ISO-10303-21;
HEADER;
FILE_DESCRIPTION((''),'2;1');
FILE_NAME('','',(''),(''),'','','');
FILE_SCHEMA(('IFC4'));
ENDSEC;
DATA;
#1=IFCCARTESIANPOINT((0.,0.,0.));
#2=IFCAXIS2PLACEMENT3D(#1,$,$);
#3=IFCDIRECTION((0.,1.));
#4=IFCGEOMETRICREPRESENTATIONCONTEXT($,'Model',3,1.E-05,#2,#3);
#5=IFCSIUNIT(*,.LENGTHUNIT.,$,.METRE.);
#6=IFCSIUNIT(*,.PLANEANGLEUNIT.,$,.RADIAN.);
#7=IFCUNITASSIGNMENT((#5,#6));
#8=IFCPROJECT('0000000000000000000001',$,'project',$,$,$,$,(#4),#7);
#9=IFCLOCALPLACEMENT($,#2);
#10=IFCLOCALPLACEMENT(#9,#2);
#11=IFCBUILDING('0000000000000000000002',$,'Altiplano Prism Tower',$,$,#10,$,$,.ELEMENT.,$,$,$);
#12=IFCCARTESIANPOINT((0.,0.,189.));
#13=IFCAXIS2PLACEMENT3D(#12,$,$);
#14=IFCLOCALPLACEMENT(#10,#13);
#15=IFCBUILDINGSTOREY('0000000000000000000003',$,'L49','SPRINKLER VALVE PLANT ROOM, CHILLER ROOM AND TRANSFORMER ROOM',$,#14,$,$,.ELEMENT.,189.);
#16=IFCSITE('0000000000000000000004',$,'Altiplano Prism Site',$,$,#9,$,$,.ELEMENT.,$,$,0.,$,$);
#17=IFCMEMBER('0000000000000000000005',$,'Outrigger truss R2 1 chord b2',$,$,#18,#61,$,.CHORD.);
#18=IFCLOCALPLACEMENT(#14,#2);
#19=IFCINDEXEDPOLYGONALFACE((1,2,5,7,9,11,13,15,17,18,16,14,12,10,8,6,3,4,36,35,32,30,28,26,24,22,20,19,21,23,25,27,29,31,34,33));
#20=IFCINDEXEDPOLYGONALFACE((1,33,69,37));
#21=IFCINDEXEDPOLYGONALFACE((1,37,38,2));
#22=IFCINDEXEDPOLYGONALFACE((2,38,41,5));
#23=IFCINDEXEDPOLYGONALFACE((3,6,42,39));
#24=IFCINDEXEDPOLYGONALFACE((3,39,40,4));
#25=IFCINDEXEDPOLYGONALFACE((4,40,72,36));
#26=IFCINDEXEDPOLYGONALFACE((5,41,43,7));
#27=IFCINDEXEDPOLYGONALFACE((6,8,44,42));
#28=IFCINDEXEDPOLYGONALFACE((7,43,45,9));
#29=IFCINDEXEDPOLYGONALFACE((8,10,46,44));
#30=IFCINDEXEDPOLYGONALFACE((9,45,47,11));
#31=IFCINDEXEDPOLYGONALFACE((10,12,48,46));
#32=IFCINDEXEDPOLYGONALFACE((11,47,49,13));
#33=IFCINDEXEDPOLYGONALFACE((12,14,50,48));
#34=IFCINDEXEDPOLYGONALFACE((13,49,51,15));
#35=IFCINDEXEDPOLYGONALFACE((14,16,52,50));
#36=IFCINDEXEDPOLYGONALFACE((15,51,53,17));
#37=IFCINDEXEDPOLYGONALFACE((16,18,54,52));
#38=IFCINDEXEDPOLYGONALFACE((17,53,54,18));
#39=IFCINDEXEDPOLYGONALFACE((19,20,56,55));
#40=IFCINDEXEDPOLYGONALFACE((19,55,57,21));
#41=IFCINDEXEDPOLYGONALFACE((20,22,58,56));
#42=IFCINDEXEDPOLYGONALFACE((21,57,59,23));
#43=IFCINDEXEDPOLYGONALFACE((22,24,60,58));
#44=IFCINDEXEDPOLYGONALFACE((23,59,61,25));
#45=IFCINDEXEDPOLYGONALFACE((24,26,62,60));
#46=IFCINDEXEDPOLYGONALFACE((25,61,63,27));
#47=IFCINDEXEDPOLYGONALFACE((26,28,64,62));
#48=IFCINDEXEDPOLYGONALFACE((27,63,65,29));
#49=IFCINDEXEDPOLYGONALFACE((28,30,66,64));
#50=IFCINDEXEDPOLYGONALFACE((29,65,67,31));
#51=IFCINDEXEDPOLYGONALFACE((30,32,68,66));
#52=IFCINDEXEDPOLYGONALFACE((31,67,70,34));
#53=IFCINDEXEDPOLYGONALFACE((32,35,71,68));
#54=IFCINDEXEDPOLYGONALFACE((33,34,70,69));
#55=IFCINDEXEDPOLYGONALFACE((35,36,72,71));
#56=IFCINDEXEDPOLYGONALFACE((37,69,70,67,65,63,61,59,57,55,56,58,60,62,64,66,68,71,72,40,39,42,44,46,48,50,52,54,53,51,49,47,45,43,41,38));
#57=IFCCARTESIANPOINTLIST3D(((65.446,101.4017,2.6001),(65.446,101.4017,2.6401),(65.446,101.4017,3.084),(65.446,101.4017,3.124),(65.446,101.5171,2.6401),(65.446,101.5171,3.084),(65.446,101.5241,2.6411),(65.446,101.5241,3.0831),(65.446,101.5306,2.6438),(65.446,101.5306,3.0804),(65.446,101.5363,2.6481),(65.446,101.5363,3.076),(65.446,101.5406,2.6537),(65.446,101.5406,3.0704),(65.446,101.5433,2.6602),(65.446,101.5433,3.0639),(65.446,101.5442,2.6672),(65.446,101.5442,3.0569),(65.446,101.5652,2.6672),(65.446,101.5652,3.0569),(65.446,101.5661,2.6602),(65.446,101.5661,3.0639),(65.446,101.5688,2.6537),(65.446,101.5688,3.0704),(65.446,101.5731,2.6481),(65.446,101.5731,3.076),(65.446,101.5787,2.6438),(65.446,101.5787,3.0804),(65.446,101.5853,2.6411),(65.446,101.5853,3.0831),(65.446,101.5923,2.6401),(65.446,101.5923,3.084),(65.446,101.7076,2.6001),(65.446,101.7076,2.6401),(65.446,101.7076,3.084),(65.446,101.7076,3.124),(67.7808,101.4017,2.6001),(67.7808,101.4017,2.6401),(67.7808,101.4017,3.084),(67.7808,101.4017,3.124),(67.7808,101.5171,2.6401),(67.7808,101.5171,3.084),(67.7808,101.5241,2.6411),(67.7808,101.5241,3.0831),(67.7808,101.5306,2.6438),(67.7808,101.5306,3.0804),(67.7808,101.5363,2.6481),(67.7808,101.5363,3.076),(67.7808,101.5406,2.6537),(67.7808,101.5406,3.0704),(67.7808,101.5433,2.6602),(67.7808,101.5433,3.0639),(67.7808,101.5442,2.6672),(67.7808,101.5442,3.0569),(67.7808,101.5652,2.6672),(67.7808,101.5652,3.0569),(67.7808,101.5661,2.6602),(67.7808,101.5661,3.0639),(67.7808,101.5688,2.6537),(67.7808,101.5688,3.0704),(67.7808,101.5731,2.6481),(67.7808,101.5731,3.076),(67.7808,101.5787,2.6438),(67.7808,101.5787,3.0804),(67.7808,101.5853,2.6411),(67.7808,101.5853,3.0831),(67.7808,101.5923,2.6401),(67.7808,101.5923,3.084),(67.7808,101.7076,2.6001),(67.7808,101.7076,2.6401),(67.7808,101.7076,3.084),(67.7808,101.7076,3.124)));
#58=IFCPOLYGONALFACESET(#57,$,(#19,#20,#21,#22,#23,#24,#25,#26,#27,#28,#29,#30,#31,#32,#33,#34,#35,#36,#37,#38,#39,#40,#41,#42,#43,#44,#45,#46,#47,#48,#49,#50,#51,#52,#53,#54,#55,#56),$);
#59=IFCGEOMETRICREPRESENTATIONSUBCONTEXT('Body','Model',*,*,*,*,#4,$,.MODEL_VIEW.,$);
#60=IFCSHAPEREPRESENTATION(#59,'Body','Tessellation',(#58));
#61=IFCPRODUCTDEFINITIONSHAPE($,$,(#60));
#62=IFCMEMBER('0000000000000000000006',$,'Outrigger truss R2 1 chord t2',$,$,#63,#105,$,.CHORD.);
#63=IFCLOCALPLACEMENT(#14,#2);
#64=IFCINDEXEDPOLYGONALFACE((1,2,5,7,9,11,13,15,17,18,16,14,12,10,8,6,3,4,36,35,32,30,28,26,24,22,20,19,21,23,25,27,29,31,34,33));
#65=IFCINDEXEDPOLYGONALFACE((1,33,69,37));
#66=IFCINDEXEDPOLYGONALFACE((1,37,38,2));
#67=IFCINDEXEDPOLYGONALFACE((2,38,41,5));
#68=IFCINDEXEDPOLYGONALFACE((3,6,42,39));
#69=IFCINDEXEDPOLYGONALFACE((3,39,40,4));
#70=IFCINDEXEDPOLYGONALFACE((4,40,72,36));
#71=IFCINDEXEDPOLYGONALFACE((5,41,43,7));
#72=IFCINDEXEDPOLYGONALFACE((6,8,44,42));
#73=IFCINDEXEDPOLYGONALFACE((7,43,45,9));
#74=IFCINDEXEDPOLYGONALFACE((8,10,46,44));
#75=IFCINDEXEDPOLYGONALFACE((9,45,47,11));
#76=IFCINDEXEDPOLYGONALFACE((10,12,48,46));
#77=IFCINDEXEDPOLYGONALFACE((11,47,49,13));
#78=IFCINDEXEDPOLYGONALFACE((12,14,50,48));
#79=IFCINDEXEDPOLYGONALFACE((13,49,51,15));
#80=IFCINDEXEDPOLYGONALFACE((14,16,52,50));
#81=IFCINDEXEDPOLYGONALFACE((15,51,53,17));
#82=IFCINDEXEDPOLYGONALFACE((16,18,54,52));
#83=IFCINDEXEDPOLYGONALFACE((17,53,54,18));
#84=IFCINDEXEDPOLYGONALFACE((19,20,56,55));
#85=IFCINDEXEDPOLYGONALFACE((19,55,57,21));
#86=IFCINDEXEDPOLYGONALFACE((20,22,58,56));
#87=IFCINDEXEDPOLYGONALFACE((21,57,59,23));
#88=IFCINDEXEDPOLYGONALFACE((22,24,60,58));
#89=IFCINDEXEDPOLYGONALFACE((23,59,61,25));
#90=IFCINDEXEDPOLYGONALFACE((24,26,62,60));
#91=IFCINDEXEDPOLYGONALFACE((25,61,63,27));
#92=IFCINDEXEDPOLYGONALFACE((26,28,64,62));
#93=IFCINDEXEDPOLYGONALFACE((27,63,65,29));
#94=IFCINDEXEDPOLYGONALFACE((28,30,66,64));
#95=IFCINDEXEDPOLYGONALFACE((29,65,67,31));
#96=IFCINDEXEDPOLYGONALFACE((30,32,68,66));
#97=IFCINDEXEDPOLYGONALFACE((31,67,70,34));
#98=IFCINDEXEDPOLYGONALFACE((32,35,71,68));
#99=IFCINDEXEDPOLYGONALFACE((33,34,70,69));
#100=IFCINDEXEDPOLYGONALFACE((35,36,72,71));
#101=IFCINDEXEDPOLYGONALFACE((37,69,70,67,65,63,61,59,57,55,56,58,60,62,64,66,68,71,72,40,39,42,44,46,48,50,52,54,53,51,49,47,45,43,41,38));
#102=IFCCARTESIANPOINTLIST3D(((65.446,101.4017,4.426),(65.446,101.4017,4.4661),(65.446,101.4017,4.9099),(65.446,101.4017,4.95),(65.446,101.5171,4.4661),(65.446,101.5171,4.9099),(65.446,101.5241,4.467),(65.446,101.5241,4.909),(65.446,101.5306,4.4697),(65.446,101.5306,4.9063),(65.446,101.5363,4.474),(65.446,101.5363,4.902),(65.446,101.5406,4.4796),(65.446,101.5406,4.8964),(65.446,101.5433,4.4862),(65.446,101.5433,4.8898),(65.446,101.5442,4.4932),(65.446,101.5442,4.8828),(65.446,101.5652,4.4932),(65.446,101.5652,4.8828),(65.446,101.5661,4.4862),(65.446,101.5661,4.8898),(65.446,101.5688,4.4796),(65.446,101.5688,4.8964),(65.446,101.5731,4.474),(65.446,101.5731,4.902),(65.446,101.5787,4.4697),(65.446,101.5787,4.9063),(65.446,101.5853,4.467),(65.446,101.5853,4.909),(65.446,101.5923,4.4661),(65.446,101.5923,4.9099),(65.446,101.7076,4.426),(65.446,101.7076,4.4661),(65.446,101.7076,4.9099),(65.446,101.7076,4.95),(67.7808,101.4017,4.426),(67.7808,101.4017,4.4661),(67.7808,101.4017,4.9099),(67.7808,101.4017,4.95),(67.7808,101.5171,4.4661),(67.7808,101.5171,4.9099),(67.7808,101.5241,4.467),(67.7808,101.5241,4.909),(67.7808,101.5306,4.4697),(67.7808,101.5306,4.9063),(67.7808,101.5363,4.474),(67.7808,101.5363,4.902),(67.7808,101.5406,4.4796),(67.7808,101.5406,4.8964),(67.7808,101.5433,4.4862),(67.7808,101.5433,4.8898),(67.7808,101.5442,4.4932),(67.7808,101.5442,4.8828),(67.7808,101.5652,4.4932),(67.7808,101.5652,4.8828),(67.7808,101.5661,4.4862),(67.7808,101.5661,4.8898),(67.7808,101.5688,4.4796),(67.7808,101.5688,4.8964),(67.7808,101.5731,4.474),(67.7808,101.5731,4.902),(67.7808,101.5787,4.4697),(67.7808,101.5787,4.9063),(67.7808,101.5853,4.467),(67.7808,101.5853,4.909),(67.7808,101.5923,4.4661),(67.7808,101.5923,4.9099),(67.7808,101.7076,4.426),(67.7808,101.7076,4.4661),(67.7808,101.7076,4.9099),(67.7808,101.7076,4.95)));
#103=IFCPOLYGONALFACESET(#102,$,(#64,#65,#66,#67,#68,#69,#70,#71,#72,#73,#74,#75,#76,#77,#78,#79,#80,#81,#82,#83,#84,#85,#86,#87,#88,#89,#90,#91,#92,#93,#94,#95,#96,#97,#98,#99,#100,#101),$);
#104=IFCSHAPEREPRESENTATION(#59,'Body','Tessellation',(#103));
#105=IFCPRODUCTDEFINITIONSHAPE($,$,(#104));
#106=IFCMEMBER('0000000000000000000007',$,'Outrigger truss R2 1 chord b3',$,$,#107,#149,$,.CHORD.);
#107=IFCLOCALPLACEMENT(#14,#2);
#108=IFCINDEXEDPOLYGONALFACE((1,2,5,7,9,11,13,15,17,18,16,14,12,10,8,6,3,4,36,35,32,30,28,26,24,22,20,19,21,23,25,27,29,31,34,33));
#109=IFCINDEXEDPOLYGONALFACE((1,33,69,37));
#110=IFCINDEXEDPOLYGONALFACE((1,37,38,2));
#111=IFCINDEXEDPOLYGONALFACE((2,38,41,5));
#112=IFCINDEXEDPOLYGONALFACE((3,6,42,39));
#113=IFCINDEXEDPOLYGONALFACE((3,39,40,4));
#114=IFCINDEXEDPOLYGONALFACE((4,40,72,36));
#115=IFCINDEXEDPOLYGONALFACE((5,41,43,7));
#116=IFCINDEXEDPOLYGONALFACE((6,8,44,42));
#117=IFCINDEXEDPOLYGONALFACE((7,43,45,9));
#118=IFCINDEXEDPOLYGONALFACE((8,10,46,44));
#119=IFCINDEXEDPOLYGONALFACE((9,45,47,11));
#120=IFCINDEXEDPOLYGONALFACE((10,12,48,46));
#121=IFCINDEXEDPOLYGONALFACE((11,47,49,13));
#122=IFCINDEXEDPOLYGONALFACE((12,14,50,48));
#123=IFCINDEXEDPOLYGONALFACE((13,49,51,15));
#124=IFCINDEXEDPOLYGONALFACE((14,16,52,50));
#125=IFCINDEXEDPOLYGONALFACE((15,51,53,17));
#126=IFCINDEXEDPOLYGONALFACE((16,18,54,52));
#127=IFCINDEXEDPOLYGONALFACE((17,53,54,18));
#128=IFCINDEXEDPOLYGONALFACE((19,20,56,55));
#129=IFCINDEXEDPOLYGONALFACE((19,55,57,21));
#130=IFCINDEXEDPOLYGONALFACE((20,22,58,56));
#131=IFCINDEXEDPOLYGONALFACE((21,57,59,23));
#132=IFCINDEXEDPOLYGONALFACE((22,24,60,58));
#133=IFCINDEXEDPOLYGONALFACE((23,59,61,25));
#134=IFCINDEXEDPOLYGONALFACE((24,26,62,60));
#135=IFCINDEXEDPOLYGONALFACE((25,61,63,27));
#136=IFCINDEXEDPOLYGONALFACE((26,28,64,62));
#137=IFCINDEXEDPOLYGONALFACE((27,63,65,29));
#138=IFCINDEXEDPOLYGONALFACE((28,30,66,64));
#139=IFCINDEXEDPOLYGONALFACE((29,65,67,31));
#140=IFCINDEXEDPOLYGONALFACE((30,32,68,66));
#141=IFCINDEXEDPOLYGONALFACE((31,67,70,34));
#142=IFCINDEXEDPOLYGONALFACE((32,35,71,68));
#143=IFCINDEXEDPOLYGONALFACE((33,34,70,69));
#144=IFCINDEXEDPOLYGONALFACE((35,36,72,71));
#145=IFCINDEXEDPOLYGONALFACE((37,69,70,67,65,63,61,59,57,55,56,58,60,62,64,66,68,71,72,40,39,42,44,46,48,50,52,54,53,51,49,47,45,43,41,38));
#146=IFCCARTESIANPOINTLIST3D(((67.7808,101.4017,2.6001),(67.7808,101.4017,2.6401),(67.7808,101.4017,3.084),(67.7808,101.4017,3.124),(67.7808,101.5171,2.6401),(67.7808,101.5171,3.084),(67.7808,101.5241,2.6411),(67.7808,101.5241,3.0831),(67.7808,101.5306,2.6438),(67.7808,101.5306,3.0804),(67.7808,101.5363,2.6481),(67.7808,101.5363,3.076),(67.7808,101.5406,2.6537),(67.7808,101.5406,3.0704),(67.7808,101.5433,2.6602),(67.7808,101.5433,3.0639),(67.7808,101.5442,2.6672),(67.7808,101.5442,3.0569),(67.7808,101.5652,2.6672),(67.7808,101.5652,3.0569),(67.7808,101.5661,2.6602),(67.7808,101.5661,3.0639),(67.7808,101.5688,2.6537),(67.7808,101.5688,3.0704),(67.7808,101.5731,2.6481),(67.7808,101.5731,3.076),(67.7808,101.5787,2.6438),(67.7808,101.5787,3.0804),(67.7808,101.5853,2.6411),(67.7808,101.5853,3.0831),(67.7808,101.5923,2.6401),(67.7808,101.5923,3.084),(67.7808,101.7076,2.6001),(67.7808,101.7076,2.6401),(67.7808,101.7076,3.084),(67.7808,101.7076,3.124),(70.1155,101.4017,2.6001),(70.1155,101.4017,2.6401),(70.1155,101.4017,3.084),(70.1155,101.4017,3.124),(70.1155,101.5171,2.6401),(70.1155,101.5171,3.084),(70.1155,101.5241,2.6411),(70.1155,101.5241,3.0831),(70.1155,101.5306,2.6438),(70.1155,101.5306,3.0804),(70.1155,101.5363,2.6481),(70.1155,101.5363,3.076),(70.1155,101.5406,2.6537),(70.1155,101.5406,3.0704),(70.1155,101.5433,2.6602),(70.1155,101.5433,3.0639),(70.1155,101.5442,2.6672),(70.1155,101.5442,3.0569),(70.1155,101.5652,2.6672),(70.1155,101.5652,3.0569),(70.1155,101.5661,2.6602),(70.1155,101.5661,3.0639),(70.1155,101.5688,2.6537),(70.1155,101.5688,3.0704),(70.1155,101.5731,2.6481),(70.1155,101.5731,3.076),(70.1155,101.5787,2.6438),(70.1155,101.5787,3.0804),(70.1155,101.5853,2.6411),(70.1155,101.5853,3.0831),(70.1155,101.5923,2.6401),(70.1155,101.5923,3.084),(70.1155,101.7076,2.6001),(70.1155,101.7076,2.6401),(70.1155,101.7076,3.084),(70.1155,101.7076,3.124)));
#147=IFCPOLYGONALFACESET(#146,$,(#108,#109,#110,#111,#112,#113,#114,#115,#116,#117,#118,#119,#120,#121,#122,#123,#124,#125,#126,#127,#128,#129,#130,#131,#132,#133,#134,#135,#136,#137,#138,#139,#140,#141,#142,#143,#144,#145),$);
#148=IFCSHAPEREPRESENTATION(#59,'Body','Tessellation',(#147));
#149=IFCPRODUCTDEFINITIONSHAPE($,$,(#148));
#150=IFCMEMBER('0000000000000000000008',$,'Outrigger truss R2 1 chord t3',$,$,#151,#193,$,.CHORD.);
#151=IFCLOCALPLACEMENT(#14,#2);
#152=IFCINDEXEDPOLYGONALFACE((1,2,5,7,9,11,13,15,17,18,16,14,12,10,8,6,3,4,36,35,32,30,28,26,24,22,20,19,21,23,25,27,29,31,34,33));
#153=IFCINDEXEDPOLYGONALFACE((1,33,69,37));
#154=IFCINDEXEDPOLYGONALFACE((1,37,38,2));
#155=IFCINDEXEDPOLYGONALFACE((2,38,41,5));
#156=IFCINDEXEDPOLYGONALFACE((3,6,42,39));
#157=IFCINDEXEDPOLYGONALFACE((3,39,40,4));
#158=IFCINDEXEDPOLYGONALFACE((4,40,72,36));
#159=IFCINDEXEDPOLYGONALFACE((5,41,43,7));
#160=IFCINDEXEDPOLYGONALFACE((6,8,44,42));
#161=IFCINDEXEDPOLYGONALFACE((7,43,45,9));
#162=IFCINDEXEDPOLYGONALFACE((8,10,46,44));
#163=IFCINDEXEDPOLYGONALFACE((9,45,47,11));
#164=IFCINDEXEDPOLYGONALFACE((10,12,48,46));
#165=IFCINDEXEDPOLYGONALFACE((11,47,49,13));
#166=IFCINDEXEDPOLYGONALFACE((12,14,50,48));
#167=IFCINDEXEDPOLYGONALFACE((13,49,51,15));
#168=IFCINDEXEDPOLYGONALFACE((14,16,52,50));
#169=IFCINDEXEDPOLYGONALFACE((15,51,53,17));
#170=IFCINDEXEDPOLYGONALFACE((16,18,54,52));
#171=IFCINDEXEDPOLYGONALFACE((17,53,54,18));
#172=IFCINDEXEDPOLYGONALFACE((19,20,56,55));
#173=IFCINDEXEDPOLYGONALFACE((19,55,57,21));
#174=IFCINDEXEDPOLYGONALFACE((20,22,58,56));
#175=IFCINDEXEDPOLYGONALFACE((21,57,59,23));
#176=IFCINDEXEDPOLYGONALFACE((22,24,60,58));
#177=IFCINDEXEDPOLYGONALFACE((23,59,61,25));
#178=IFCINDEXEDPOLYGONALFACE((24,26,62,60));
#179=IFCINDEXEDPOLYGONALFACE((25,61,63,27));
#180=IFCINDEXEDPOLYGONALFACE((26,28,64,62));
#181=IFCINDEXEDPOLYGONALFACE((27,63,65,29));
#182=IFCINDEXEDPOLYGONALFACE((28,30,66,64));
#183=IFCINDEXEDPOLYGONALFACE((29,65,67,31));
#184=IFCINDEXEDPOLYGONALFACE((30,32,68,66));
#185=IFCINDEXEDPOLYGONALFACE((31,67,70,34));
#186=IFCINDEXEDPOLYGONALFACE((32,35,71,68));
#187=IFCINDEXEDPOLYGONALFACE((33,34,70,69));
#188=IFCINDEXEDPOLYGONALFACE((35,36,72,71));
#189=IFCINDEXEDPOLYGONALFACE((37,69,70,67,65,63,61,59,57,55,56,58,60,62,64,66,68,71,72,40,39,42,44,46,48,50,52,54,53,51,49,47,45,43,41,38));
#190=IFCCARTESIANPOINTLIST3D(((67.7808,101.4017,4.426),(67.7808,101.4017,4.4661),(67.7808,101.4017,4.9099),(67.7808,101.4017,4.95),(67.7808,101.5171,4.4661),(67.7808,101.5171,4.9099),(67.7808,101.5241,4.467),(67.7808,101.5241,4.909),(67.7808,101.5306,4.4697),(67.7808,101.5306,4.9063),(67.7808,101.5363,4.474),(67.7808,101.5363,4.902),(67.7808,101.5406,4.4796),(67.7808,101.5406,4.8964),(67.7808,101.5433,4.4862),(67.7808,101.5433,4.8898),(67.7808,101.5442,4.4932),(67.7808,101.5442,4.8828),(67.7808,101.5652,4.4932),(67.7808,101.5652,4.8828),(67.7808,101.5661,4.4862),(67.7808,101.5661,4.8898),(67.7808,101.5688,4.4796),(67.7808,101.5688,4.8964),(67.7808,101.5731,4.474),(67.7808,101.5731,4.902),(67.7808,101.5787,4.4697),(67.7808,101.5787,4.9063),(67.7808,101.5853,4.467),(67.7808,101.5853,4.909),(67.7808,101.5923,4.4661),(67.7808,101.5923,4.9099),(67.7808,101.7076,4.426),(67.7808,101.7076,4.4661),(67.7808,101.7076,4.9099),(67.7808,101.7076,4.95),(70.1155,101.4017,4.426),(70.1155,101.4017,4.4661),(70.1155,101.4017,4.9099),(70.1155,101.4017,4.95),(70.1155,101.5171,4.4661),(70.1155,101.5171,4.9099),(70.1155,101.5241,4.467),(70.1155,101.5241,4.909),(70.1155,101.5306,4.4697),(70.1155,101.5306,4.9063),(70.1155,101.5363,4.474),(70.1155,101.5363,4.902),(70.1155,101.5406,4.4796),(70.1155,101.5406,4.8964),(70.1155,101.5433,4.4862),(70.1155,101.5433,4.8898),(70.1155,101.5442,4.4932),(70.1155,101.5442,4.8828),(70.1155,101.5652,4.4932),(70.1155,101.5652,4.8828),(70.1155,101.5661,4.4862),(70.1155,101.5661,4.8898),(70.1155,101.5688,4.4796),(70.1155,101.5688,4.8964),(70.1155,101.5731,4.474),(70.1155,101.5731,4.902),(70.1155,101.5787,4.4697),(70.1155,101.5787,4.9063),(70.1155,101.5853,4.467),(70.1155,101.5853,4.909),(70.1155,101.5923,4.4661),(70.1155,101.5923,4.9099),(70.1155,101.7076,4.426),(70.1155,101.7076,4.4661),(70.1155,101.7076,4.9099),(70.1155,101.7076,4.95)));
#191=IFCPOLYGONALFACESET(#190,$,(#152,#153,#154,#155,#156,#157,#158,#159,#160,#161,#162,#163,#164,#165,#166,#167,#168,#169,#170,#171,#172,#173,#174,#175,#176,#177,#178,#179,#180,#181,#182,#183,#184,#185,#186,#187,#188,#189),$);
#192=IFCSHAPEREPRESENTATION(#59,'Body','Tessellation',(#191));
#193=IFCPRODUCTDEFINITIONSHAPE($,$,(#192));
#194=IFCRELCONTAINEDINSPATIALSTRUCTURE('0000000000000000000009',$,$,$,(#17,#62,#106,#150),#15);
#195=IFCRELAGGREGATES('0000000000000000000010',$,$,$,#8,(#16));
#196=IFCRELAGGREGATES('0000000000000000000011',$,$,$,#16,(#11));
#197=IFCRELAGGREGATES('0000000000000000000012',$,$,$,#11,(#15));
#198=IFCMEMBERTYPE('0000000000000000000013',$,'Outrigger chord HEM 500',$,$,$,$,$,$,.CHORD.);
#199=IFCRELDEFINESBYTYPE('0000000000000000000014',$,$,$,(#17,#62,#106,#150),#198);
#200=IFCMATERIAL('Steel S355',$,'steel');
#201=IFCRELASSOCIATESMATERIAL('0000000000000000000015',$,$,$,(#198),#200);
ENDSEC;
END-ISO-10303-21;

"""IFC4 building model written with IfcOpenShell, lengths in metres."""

from ifc_helpers import new_model, si_unit, direction, frame, origin, origin_2d, place, context, subcontext, project, spatial, i_section, extrude, material, material_profile, profile_set, type_object, element, save


model = new_model("IFC4")

# Units and contexts
model_context = context("Model", 3, precision=1e-05, world=origin(), true_north=direction((0.0, 1.0)))
body_context = subcontext(model_context, "Body", "Model", "MODEL_VIEW")
ifc_project = project(units=[si_unit("LENGTHUNIT", "METRE"), si_unit("PLANEANGLEUNIT", "RADIAN")], contexts=[model_context])

# Site, building, storey
site_placement = place(None, origin())
site = spatial("IfcSite", under=ifc_project, at=site_placement, Name="Altiplano Prism Site", CompositionType="ELEMENT", RefElevation=0.0)
building_placement = place(site_placement, origin())
building = spatial("IfcBuilding", under=site, at=building_placement, Name="Altiplano Prism Tower", CompositionType="ELEMENT")
storey_placement = place(building_placement, frame((0.0, 0.0, 189.0)))
storey = spatial("IfcBuildingStorey", under=building, at=storey_placement, Name="L49", Description="SPRINKLER VALVE PLANT ROOM, CHILLER ROOM AND TRANSFORMER ROOM", CompositionType="ELEMENT", Elevation=189.0)

# Members
ifc_material_1 = material(Name="Steel S355", Category="steel")
ifc_material_profile_1 = material_profile(ifc_material_1, i_section(OverallWidth=0.3059, OverallDepth=0.5239, WebThickness=0.021, FlangeThickness=0.04, FilletRadius=0.0271, at=origin_2d()), Name="Outrigger chord HEM 500")
ifc_profile_set_1 = profile_set([ifc_material_profile_1], Name="Steel S355")
member_type_1 = type_object("IfcMemberType", Name="Outrigger chord HEM 500", PredefinedType="CHORD", material=ifc_profile_set_1)
for number, where, z_axis, x_axis, name in (
    (1, (65.446, 101.5547, 2.8621), (1.0, 0.0, 0.0), (0.0, 1.0, 0.0), "Outrigger truss R2 1 chord b2"),
    (2, (65.446, 101.5547, 4.688), (1.0, 0.0, 0.0), (0.0, 1.0, 0.0), "Outrigger truss R2 1 chord t2"),
    (3, (67.7808, 101.5547, 2.8621), (1.0, 0.0, 0.0), (0.0, 1.0, 0.0), "Outrigger truss R2 1 chord b3"),
    (4, (67.7808, 101.5547, 4.688), (1.0, 0.0, 0.0), (0.0, 1.0, 0.0), "Outrigger truss R2 1 chord t3"),
):
    element("IfcMember", number, at=place(storey_placement, frame(where, z_axis=z_axis, x_axis=x_axis)), inside=storey, type_object=member_type_1, Name=name, PredefinedType="CHORD", context=body_context, shape_type="SweptSolid", body=[
        extrude(i_section(OverallWidth=0.3059, OverallDepth=0.5239, WebThickness=0.021, FlangeThickness=0.04, FilletRadius=0.0271, at=origin_2d()), origin(), (0.0, 0.0, 1.0), 2.3347),
    ])

save(model, "model.ifc")
